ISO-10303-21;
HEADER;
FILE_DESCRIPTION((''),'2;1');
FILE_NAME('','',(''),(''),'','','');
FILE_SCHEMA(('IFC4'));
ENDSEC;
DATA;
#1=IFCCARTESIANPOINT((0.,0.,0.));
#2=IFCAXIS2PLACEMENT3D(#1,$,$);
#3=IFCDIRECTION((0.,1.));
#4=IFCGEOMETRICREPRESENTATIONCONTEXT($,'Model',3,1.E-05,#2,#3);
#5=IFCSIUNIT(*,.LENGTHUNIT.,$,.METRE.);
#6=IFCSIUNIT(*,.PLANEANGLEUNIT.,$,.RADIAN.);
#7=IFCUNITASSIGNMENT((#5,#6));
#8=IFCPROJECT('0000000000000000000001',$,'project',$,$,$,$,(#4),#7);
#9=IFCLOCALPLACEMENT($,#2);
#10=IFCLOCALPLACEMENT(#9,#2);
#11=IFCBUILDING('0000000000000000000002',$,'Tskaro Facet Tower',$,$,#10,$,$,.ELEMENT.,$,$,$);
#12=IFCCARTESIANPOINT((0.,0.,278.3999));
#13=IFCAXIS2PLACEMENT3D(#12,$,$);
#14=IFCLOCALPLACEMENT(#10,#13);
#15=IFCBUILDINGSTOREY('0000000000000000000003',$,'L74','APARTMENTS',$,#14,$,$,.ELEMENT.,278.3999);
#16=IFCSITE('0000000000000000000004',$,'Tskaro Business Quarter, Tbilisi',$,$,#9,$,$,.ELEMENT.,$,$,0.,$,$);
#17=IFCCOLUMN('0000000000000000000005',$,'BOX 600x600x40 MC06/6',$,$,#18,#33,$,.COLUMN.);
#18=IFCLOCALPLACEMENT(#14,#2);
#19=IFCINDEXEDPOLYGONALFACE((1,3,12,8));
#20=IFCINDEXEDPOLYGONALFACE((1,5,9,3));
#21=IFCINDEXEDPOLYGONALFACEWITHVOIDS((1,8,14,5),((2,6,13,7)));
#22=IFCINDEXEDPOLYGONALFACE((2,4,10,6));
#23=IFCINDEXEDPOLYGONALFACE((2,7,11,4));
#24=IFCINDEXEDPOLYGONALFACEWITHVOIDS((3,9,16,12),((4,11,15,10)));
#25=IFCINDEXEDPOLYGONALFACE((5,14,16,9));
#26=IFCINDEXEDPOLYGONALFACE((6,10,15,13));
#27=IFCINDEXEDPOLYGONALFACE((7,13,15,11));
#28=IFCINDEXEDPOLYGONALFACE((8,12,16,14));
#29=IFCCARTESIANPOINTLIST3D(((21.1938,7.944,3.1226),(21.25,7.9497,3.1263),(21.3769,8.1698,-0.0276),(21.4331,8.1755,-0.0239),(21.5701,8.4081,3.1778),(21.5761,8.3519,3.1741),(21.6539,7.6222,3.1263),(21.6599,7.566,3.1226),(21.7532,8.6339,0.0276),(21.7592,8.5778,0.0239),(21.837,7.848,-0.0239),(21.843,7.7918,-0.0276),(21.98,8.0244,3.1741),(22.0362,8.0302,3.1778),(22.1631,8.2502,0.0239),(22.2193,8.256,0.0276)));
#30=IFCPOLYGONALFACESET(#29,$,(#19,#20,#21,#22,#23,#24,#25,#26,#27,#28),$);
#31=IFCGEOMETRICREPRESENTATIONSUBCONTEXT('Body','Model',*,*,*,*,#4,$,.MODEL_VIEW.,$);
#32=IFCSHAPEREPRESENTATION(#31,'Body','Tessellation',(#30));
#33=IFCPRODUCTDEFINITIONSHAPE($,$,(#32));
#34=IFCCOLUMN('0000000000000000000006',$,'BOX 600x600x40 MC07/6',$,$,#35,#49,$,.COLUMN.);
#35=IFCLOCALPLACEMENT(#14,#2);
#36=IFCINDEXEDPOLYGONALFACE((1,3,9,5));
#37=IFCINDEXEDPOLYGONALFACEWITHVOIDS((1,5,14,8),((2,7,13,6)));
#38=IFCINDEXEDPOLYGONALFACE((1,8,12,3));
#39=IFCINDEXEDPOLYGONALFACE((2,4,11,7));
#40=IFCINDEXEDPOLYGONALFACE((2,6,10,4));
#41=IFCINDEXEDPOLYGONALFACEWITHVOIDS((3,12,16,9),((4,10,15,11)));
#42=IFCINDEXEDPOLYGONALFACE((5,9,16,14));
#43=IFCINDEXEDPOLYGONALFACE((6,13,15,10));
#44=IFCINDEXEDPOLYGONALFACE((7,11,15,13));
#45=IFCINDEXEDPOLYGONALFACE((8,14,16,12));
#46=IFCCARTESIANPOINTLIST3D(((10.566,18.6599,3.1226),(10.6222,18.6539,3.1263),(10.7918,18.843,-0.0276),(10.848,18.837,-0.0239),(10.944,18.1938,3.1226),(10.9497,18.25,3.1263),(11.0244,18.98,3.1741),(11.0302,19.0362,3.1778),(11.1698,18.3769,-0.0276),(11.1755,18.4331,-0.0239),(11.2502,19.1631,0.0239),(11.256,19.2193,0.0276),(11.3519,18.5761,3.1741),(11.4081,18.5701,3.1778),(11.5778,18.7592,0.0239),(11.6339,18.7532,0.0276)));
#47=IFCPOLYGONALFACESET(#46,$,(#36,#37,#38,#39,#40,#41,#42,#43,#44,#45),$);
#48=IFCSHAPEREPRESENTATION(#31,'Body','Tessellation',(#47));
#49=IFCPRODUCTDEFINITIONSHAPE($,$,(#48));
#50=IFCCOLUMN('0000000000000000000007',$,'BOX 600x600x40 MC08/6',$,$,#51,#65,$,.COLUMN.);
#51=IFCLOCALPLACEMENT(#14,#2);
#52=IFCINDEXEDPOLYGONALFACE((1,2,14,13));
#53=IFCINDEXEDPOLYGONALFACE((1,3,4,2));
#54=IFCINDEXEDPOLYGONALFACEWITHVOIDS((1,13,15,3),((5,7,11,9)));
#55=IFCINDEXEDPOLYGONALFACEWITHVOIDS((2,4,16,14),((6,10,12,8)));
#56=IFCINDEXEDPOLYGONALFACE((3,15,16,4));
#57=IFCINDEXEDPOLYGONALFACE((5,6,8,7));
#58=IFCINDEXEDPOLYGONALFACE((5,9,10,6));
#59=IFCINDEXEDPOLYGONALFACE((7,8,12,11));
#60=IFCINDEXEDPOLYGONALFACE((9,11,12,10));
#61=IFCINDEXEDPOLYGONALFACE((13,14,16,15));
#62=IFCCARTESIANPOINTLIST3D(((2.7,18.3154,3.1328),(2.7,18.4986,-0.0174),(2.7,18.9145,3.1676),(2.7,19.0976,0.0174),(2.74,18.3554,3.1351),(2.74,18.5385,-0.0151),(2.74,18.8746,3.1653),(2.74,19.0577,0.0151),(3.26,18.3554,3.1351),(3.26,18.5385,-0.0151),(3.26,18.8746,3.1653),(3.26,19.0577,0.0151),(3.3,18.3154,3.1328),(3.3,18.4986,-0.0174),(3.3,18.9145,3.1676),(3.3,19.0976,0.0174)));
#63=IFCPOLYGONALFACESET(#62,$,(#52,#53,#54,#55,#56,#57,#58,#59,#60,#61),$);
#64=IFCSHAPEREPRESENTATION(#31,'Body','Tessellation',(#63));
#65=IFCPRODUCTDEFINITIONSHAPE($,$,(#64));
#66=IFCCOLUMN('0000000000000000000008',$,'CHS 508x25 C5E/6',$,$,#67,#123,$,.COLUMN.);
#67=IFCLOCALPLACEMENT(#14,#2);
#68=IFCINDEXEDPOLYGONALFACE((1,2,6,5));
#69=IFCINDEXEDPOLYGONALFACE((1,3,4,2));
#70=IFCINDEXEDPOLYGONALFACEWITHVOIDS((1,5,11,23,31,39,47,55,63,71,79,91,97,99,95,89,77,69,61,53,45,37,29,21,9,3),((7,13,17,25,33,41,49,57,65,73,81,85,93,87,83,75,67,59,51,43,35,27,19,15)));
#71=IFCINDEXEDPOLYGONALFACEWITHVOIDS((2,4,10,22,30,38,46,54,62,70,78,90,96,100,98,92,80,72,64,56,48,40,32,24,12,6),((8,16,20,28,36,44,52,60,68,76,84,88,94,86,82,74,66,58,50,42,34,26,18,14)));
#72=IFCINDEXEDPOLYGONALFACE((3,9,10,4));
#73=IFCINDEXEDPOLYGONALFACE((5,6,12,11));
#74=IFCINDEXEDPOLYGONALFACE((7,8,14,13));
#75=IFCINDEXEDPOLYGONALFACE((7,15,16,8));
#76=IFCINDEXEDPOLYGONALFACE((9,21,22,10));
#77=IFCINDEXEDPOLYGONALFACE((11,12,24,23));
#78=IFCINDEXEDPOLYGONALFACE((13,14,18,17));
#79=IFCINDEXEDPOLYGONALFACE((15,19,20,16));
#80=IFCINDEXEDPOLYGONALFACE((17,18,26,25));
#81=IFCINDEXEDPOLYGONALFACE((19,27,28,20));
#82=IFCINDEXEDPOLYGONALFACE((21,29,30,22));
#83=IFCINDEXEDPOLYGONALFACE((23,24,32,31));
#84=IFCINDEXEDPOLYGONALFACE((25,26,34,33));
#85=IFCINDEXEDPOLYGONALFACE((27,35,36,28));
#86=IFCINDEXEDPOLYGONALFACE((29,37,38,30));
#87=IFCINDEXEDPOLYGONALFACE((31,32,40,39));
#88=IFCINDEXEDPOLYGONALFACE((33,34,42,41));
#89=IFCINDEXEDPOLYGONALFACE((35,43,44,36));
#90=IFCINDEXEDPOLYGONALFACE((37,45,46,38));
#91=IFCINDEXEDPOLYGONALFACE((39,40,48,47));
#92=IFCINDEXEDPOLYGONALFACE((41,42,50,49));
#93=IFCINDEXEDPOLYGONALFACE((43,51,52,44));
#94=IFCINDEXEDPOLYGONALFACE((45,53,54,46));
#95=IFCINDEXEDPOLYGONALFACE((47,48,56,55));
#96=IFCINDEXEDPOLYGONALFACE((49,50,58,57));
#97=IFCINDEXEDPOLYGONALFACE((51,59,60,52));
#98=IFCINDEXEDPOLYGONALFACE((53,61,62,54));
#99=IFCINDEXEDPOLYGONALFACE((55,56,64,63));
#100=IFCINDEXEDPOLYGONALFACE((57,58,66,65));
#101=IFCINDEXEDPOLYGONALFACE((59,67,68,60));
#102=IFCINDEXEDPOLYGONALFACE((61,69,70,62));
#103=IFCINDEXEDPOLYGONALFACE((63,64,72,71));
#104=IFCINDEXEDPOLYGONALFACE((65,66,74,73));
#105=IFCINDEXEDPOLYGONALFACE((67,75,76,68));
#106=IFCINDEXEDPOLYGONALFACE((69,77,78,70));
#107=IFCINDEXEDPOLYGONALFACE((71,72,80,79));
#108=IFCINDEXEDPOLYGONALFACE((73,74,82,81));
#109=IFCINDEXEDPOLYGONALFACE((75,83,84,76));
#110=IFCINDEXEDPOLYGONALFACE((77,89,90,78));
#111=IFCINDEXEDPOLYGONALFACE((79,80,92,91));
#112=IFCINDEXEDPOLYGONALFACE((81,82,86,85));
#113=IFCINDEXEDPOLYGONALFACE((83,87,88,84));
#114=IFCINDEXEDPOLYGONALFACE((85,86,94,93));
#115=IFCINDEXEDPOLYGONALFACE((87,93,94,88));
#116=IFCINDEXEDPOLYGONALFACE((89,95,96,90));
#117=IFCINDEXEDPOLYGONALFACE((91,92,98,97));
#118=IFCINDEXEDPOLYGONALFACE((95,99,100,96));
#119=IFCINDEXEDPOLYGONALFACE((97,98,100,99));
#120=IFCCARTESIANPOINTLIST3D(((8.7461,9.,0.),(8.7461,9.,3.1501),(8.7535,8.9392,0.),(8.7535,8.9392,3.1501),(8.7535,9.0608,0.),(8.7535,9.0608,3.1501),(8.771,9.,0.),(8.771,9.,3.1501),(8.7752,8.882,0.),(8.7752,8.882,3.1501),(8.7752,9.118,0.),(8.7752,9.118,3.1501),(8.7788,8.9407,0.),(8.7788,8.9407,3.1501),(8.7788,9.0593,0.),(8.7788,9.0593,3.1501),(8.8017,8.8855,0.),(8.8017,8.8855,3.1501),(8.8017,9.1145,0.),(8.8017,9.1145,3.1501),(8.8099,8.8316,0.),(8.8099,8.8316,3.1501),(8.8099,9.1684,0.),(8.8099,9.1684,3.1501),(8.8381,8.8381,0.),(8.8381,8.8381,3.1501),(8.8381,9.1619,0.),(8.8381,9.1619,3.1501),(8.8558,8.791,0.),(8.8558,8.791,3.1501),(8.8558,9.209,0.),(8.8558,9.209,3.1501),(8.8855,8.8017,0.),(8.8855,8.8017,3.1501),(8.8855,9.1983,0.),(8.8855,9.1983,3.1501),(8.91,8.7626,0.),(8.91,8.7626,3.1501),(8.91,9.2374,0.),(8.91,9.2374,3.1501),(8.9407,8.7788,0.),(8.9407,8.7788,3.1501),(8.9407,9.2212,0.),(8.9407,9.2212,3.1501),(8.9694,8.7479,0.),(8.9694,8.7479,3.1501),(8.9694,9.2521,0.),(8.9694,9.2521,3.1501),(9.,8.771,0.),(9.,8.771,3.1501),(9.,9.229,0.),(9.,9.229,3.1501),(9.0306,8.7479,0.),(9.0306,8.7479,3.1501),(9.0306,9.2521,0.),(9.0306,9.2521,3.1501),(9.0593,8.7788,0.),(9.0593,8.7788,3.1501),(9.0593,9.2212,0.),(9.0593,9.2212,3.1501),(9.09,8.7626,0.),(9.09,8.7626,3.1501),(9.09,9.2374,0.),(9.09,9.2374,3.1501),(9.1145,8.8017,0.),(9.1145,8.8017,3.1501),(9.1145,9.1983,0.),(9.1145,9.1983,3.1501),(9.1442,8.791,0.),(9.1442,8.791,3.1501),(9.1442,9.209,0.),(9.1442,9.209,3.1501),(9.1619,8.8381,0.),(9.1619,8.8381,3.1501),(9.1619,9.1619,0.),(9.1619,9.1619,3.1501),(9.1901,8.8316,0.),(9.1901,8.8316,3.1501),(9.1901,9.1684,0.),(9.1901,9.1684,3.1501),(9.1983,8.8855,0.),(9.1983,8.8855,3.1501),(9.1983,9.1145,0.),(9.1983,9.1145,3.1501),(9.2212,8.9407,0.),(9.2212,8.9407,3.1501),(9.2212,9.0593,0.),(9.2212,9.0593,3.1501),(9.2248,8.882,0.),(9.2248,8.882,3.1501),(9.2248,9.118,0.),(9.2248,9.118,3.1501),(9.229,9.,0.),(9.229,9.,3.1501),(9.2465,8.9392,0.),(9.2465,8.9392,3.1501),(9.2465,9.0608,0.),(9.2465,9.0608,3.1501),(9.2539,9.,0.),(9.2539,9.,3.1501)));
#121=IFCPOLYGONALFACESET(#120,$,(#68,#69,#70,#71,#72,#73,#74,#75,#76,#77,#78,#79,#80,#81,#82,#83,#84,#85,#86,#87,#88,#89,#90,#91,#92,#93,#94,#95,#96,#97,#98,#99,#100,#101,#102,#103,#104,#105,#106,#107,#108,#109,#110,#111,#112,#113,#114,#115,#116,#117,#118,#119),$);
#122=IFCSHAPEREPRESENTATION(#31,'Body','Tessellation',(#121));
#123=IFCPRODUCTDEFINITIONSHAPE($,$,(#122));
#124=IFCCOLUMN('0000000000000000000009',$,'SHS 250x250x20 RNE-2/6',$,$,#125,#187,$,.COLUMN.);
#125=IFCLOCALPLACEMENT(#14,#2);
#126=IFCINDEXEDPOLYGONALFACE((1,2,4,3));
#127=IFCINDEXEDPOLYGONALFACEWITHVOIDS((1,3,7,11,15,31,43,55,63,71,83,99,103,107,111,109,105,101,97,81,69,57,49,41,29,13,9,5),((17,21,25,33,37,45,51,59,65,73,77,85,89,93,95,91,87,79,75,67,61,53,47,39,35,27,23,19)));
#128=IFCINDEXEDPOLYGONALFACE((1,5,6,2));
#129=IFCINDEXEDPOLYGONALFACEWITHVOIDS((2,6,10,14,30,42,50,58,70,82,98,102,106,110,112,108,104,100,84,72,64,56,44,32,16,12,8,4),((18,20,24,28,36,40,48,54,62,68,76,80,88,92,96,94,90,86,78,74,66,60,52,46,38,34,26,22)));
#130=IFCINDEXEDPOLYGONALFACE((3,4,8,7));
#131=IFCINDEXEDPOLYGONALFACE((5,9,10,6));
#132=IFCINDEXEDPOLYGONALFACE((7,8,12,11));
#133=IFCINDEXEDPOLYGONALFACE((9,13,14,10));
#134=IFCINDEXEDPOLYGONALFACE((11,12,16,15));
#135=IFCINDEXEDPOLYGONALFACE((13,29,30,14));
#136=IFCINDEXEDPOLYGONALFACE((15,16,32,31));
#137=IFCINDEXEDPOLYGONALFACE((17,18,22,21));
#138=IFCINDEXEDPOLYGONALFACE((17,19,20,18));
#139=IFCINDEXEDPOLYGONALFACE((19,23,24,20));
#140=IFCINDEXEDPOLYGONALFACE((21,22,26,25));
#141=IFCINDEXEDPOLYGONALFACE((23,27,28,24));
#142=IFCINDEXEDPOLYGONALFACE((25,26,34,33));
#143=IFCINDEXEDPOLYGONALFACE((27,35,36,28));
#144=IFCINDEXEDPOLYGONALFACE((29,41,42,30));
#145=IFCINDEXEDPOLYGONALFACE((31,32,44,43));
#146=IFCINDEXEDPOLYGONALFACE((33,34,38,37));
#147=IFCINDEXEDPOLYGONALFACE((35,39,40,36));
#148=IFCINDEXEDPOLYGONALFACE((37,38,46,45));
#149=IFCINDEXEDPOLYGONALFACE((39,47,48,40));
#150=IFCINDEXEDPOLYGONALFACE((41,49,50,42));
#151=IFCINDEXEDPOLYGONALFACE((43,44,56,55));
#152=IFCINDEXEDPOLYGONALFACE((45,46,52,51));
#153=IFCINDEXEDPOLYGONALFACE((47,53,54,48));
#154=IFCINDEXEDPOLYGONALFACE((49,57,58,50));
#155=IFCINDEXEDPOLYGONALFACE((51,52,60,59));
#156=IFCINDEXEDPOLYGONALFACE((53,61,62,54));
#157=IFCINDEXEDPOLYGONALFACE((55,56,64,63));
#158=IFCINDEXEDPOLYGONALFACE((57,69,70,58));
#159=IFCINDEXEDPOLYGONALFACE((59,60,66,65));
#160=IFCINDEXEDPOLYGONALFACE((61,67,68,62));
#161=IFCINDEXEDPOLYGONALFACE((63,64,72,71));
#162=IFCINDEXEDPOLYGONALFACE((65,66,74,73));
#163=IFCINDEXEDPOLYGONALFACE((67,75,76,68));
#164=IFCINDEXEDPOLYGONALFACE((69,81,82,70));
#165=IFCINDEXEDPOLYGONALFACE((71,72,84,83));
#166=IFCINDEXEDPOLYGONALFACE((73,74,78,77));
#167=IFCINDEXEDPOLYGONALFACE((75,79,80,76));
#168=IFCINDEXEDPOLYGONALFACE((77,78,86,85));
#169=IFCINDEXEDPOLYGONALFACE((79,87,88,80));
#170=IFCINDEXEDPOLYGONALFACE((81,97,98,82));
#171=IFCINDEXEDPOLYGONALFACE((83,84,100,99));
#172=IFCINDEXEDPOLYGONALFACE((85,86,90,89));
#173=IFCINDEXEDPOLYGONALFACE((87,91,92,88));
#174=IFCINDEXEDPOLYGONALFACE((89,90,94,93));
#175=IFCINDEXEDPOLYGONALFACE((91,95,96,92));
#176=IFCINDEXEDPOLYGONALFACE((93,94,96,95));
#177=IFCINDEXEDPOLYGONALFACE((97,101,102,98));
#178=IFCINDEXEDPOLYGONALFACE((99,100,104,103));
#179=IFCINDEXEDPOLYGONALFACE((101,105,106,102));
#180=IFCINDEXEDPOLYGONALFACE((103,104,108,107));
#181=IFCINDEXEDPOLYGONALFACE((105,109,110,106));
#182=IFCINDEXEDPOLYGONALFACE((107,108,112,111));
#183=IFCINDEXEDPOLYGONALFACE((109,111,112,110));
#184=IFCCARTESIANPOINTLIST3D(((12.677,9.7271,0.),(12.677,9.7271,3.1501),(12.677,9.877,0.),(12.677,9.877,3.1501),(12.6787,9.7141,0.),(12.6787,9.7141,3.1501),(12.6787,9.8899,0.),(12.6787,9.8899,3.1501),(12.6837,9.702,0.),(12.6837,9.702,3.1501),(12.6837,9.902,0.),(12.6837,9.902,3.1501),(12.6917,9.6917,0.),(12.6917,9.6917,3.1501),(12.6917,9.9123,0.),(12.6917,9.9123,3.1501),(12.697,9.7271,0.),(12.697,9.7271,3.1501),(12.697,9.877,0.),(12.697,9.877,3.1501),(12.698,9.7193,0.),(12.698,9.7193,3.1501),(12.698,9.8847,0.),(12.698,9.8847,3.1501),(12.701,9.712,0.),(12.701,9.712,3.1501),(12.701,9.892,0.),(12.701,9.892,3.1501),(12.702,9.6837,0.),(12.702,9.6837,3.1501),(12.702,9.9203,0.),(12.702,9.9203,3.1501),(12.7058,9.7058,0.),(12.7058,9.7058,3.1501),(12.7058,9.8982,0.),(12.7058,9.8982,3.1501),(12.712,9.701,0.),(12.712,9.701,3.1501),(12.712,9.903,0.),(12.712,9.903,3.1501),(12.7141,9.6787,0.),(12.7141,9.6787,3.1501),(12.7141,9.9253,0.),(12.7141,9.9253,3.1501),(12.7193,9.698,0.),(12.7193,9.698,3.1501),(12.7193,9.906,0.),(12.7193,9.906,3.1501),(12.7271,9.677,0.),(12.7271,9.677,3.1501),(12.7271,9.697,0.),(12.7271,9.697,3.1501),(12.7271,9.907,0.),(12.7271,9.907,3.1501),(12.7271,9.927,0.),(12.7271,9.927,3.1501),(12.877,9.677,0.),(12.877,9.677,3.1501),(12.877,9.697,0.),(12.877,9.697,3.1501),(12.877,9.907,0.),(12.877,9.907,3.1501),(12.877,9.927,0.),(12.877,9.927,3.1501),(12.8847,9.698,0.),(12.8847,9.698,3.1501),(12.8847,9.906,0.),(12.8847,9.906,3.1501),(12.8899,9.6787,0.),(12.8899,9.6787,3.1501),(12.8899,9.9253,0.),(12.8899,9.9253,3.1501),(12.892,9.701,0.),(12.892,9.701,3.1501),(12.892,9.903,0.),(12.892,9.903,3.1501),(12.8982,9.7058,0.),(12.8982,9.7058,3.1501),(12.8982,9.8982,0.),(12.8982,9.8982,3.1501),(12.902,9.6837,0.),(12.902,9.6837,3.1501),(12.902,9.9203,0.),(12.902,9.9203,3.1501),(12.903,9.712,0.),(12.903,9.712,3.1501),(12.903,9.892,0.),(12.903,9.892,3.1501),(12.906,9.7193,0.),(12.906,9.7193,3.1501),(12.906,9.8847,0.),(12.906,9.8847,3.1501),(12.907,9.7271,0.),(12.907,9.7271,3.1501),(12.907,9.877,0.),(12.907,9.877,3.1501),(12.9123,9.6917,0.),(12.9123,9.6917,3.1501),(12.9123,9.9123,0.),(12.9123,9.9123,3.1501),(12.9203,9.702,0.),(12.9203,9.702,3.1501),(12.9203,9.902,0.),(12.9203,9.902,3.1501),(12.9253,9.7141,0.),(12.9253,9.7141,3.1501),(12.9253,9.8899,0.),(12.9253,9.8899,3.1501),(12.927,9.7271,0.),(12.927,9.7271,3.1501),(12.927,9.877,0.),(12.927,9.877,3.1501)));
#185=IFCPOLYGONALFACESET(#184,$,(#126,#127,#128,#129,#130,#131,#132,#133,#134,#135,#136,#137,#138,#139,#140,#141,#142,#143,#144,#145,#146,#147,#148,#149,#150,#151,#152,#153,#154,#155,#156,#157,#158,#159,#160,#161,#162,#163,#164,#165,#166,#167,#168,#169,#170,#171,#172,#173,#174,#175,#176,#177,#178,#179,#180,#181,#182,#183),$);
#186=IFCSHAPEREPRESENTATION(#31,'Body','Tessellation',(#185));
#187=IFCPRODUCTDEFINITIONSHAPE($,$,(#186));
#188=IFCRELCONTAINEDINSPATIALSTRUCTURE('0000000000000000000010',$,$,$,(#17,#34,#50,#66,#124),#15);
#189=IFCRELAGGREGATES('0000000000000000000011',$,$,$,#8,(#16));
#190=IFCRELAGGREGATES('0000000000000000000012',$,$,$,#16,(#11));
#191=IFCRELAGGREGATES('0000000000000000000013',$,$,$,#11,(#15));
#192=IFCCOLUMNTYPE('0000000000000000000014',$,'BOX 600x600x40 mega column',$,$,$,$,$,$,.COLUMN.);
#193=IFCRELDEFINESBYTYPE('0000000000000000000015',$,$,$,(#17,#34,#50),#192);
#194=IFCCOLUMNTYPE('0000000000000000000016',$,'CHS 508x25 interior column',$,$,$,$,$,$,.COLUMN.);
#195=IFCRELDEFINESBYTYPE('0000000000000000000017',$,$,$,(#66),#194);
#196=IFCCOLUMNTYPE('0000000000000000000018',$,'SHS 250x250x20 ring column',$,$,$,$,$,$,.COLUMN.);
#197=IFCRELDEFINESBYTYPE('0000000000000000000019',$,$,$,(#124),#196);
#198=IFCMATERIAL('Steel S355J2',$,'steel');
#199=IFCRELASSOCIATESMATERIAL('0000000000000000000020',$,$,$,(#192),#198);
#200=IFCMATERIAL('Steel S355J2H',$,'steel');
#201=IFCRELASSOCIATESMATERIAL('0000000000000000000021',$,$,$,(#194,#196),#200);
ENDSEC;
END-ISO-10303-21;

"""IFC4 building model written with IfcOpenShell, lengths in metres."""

from ifc_helpers import new_model, si_unit, direction, frame, origin, origin_2d, place, context, subcontext, project, spatial, hollow_rectangle, hollow_circle, extrude, material, material_profile, profile_set, type_object, element, save


model = new_model("IFC4")

# Units and contexts
model_context = context("Model", 3, precision=1e-05, world=origin(), true_north=direction((0.0, 1.0)))
body_context = subcontext(model_context, "Body", "Model", "MODEL_VIEW")
ifc_project = project(units=[si_unit("LENGTHUNIT", "METRE"), si_unit("PLANEANGLEUNIT", "RADIAN")], contexts=[model_context])

# Site, building, storey
site_placement = place(None, origin())
site = spatial("IfcSite", under=ifc_project, at=site_placement, Name="Tskaro Business Quarter, Tbilisi", CompositionType="ELEMENT", RefElevation=0.0)
building_placement = place(site_placement, origin())
building = spatial("IfcBuilding", under=site, at=building_placement, Name="Tskaro Facet Tower", CompositionType="ELEMENT")
storey_placement = place(building_placement, frame((0.0, 0.0, 278.3999)))
storey = spatial("IfcBuildingStorey", under=building, at=storey_placement, Name="L74", Description="APARTMENTS", CompositionType="ELEMENT", Elevation=278.3999)

# Columns
ifc_material_1 = material(Name="Steel S355J2", Category="steel")
ifc_material_profile_1 = material_profile(ifc_material_1, hollow_rectangle(XDim=0.6001, YDim=0.6001, WallThickness=0.04, at=origin_2d()), Name="BOX 600x600x40")
ifc_profile_set_1 = profile_set([ifc_material_profile_1], Name="Steel S355J2")
column_type_1 = type_object("IfcColumnType", Name="BOX 600x600x40 mega column", PredefinedType="COLUMN", material=ifc_profile_set_1)
for number, where, z_axis, x_axis, name in (
    (1, (21.7981, 8.2129, 0.0), (-0.05788, -0.071385, 0.995768), (0.776756, -0.629802, 0.0), "BOX 600x600x40 MC06/6"),
    (2, (11.2129, 18.7981, 0.0), (-0.071385, -0.05788, 0.995768), (0.629802, -0.776756, 0.0), "BOX 600x600x40 MC07/6"),
):
    element("IfcColumn", number, at=place(storey_placement, frame(where, z_axis=z_axis, x_axis=x_axis)), inside=storey, type_object=column_type_1, Name=name, PredefinedType="COLUMN", context=body_context, shape_type="SweptSolid", body=[
        extrude(hollow_rectangle(XDim=0.6001, YDim=0.6001, WallThickness=0.04, at=origin_2d()), origin(), (0.0, 0.0, 1.0), 3.1636),
    ])
column_1_placement = place(storey_placement, frame((3.0, 18.7981, 0.0), z_axis=(0.0, -0.058028, 0.998315), x_axis=(1.0, 0.0, 0.0)))
element("IfcColumn", 3, at=column_1_placement, inside=storey, type_object=column_type_1, Name="BOX 600x600x40 MC08/6", PredefinedType="COLUMN", context=body_context, shape_type="SweptSolid", body=[
    extrude(hollow_rectangle(XDim=0.6001, YDim=0.6001, WallThickness=0.04, at=origin_2d()), origin(), (0.0, 0.0, 1.0), 3.1555),
])
ifc_material_2 = material(Name="Steel S355J2H", Category="steel")
ifc_material_profile_2 = material_profile(ifc_material_2, hollow_circle(Radius=0.2539, WallThickness=0.0249, at=origin_2d()), Name="CHS 508x25")
ifc_profile_set_2 = profile_set([ifc_material_profile_2], Name="Steel S355J2H")
column_type_2 = type_object("IfcColumnType", Name="CHS 508x25 interior column", PredefinedType="COLUMN", material=ifc_profile_set_2)
column_2_placement = place(storey_placement, frame((9.0, 9.0, 0.0), z_axis=(0.0, 0.0, 1.0), x_axis=(1.0, 0.0, 0.0)))
element("IfcColumn", 4, at=column_2_placement, inside=storey, type_object=column_type_2, Name="CHS 508x25 C5E/6", PredefinedType="COLUMN", context=body_context, shape_type="SweptSolid", body=[
    extrude(hollow_circle(Radius=0.2539, WallThickness=0.0249, at=origin_2d()), origin(), (0.0, 0.0, 1.0), 3.1501),
])
ifc_material_profile_3 = material_profile(ifc_material_2, hollow_rectangle(XDim=0.25, YDim=0.25, WallThickness=0.02, InnerFilletRadius=0.03, OuterFilletRadius=0.05, at=origin_2d()), Name="SHS 250x250x20")
ifc_profile_set_3 = profile_set([ifc_material_profile_3], Name="Steel S355J2H")
column_type_3 = type_object("IfcColumnType", Name="SHS 250x250x20 ring column", PredefinedType="COLUMN", material=ifc_profile_set_3)
for number, where, z_axis, x_axis, name in (
    (5, (12.802, 9.802, 0.0), (0.0, 0.0, 1.0), (1.0, 0.0, 0.0), "SHS 250x250x20 RNE-2/6"),
):
    element("IfcColumn", number, at=place(storey_placement, frame(where, z_axis=z_axis, x_axis=x_axis)), inside=storey, type_object=column_type_3, Name=name, PredefinedType="COLUMN", context=body_context, shape_type="SweptSolid", body=[
        extrude(hollow_rectangle(XDim=0.25, YDim=0.25, WallThickness=0.02, InnerFilletRadius=0.03, OuterFilletRadius=0.05, at=origin_2d()), origin(), (0.0, 0.0, 1.0), 3.1501),
    ])

save(model, "model.ifc")
